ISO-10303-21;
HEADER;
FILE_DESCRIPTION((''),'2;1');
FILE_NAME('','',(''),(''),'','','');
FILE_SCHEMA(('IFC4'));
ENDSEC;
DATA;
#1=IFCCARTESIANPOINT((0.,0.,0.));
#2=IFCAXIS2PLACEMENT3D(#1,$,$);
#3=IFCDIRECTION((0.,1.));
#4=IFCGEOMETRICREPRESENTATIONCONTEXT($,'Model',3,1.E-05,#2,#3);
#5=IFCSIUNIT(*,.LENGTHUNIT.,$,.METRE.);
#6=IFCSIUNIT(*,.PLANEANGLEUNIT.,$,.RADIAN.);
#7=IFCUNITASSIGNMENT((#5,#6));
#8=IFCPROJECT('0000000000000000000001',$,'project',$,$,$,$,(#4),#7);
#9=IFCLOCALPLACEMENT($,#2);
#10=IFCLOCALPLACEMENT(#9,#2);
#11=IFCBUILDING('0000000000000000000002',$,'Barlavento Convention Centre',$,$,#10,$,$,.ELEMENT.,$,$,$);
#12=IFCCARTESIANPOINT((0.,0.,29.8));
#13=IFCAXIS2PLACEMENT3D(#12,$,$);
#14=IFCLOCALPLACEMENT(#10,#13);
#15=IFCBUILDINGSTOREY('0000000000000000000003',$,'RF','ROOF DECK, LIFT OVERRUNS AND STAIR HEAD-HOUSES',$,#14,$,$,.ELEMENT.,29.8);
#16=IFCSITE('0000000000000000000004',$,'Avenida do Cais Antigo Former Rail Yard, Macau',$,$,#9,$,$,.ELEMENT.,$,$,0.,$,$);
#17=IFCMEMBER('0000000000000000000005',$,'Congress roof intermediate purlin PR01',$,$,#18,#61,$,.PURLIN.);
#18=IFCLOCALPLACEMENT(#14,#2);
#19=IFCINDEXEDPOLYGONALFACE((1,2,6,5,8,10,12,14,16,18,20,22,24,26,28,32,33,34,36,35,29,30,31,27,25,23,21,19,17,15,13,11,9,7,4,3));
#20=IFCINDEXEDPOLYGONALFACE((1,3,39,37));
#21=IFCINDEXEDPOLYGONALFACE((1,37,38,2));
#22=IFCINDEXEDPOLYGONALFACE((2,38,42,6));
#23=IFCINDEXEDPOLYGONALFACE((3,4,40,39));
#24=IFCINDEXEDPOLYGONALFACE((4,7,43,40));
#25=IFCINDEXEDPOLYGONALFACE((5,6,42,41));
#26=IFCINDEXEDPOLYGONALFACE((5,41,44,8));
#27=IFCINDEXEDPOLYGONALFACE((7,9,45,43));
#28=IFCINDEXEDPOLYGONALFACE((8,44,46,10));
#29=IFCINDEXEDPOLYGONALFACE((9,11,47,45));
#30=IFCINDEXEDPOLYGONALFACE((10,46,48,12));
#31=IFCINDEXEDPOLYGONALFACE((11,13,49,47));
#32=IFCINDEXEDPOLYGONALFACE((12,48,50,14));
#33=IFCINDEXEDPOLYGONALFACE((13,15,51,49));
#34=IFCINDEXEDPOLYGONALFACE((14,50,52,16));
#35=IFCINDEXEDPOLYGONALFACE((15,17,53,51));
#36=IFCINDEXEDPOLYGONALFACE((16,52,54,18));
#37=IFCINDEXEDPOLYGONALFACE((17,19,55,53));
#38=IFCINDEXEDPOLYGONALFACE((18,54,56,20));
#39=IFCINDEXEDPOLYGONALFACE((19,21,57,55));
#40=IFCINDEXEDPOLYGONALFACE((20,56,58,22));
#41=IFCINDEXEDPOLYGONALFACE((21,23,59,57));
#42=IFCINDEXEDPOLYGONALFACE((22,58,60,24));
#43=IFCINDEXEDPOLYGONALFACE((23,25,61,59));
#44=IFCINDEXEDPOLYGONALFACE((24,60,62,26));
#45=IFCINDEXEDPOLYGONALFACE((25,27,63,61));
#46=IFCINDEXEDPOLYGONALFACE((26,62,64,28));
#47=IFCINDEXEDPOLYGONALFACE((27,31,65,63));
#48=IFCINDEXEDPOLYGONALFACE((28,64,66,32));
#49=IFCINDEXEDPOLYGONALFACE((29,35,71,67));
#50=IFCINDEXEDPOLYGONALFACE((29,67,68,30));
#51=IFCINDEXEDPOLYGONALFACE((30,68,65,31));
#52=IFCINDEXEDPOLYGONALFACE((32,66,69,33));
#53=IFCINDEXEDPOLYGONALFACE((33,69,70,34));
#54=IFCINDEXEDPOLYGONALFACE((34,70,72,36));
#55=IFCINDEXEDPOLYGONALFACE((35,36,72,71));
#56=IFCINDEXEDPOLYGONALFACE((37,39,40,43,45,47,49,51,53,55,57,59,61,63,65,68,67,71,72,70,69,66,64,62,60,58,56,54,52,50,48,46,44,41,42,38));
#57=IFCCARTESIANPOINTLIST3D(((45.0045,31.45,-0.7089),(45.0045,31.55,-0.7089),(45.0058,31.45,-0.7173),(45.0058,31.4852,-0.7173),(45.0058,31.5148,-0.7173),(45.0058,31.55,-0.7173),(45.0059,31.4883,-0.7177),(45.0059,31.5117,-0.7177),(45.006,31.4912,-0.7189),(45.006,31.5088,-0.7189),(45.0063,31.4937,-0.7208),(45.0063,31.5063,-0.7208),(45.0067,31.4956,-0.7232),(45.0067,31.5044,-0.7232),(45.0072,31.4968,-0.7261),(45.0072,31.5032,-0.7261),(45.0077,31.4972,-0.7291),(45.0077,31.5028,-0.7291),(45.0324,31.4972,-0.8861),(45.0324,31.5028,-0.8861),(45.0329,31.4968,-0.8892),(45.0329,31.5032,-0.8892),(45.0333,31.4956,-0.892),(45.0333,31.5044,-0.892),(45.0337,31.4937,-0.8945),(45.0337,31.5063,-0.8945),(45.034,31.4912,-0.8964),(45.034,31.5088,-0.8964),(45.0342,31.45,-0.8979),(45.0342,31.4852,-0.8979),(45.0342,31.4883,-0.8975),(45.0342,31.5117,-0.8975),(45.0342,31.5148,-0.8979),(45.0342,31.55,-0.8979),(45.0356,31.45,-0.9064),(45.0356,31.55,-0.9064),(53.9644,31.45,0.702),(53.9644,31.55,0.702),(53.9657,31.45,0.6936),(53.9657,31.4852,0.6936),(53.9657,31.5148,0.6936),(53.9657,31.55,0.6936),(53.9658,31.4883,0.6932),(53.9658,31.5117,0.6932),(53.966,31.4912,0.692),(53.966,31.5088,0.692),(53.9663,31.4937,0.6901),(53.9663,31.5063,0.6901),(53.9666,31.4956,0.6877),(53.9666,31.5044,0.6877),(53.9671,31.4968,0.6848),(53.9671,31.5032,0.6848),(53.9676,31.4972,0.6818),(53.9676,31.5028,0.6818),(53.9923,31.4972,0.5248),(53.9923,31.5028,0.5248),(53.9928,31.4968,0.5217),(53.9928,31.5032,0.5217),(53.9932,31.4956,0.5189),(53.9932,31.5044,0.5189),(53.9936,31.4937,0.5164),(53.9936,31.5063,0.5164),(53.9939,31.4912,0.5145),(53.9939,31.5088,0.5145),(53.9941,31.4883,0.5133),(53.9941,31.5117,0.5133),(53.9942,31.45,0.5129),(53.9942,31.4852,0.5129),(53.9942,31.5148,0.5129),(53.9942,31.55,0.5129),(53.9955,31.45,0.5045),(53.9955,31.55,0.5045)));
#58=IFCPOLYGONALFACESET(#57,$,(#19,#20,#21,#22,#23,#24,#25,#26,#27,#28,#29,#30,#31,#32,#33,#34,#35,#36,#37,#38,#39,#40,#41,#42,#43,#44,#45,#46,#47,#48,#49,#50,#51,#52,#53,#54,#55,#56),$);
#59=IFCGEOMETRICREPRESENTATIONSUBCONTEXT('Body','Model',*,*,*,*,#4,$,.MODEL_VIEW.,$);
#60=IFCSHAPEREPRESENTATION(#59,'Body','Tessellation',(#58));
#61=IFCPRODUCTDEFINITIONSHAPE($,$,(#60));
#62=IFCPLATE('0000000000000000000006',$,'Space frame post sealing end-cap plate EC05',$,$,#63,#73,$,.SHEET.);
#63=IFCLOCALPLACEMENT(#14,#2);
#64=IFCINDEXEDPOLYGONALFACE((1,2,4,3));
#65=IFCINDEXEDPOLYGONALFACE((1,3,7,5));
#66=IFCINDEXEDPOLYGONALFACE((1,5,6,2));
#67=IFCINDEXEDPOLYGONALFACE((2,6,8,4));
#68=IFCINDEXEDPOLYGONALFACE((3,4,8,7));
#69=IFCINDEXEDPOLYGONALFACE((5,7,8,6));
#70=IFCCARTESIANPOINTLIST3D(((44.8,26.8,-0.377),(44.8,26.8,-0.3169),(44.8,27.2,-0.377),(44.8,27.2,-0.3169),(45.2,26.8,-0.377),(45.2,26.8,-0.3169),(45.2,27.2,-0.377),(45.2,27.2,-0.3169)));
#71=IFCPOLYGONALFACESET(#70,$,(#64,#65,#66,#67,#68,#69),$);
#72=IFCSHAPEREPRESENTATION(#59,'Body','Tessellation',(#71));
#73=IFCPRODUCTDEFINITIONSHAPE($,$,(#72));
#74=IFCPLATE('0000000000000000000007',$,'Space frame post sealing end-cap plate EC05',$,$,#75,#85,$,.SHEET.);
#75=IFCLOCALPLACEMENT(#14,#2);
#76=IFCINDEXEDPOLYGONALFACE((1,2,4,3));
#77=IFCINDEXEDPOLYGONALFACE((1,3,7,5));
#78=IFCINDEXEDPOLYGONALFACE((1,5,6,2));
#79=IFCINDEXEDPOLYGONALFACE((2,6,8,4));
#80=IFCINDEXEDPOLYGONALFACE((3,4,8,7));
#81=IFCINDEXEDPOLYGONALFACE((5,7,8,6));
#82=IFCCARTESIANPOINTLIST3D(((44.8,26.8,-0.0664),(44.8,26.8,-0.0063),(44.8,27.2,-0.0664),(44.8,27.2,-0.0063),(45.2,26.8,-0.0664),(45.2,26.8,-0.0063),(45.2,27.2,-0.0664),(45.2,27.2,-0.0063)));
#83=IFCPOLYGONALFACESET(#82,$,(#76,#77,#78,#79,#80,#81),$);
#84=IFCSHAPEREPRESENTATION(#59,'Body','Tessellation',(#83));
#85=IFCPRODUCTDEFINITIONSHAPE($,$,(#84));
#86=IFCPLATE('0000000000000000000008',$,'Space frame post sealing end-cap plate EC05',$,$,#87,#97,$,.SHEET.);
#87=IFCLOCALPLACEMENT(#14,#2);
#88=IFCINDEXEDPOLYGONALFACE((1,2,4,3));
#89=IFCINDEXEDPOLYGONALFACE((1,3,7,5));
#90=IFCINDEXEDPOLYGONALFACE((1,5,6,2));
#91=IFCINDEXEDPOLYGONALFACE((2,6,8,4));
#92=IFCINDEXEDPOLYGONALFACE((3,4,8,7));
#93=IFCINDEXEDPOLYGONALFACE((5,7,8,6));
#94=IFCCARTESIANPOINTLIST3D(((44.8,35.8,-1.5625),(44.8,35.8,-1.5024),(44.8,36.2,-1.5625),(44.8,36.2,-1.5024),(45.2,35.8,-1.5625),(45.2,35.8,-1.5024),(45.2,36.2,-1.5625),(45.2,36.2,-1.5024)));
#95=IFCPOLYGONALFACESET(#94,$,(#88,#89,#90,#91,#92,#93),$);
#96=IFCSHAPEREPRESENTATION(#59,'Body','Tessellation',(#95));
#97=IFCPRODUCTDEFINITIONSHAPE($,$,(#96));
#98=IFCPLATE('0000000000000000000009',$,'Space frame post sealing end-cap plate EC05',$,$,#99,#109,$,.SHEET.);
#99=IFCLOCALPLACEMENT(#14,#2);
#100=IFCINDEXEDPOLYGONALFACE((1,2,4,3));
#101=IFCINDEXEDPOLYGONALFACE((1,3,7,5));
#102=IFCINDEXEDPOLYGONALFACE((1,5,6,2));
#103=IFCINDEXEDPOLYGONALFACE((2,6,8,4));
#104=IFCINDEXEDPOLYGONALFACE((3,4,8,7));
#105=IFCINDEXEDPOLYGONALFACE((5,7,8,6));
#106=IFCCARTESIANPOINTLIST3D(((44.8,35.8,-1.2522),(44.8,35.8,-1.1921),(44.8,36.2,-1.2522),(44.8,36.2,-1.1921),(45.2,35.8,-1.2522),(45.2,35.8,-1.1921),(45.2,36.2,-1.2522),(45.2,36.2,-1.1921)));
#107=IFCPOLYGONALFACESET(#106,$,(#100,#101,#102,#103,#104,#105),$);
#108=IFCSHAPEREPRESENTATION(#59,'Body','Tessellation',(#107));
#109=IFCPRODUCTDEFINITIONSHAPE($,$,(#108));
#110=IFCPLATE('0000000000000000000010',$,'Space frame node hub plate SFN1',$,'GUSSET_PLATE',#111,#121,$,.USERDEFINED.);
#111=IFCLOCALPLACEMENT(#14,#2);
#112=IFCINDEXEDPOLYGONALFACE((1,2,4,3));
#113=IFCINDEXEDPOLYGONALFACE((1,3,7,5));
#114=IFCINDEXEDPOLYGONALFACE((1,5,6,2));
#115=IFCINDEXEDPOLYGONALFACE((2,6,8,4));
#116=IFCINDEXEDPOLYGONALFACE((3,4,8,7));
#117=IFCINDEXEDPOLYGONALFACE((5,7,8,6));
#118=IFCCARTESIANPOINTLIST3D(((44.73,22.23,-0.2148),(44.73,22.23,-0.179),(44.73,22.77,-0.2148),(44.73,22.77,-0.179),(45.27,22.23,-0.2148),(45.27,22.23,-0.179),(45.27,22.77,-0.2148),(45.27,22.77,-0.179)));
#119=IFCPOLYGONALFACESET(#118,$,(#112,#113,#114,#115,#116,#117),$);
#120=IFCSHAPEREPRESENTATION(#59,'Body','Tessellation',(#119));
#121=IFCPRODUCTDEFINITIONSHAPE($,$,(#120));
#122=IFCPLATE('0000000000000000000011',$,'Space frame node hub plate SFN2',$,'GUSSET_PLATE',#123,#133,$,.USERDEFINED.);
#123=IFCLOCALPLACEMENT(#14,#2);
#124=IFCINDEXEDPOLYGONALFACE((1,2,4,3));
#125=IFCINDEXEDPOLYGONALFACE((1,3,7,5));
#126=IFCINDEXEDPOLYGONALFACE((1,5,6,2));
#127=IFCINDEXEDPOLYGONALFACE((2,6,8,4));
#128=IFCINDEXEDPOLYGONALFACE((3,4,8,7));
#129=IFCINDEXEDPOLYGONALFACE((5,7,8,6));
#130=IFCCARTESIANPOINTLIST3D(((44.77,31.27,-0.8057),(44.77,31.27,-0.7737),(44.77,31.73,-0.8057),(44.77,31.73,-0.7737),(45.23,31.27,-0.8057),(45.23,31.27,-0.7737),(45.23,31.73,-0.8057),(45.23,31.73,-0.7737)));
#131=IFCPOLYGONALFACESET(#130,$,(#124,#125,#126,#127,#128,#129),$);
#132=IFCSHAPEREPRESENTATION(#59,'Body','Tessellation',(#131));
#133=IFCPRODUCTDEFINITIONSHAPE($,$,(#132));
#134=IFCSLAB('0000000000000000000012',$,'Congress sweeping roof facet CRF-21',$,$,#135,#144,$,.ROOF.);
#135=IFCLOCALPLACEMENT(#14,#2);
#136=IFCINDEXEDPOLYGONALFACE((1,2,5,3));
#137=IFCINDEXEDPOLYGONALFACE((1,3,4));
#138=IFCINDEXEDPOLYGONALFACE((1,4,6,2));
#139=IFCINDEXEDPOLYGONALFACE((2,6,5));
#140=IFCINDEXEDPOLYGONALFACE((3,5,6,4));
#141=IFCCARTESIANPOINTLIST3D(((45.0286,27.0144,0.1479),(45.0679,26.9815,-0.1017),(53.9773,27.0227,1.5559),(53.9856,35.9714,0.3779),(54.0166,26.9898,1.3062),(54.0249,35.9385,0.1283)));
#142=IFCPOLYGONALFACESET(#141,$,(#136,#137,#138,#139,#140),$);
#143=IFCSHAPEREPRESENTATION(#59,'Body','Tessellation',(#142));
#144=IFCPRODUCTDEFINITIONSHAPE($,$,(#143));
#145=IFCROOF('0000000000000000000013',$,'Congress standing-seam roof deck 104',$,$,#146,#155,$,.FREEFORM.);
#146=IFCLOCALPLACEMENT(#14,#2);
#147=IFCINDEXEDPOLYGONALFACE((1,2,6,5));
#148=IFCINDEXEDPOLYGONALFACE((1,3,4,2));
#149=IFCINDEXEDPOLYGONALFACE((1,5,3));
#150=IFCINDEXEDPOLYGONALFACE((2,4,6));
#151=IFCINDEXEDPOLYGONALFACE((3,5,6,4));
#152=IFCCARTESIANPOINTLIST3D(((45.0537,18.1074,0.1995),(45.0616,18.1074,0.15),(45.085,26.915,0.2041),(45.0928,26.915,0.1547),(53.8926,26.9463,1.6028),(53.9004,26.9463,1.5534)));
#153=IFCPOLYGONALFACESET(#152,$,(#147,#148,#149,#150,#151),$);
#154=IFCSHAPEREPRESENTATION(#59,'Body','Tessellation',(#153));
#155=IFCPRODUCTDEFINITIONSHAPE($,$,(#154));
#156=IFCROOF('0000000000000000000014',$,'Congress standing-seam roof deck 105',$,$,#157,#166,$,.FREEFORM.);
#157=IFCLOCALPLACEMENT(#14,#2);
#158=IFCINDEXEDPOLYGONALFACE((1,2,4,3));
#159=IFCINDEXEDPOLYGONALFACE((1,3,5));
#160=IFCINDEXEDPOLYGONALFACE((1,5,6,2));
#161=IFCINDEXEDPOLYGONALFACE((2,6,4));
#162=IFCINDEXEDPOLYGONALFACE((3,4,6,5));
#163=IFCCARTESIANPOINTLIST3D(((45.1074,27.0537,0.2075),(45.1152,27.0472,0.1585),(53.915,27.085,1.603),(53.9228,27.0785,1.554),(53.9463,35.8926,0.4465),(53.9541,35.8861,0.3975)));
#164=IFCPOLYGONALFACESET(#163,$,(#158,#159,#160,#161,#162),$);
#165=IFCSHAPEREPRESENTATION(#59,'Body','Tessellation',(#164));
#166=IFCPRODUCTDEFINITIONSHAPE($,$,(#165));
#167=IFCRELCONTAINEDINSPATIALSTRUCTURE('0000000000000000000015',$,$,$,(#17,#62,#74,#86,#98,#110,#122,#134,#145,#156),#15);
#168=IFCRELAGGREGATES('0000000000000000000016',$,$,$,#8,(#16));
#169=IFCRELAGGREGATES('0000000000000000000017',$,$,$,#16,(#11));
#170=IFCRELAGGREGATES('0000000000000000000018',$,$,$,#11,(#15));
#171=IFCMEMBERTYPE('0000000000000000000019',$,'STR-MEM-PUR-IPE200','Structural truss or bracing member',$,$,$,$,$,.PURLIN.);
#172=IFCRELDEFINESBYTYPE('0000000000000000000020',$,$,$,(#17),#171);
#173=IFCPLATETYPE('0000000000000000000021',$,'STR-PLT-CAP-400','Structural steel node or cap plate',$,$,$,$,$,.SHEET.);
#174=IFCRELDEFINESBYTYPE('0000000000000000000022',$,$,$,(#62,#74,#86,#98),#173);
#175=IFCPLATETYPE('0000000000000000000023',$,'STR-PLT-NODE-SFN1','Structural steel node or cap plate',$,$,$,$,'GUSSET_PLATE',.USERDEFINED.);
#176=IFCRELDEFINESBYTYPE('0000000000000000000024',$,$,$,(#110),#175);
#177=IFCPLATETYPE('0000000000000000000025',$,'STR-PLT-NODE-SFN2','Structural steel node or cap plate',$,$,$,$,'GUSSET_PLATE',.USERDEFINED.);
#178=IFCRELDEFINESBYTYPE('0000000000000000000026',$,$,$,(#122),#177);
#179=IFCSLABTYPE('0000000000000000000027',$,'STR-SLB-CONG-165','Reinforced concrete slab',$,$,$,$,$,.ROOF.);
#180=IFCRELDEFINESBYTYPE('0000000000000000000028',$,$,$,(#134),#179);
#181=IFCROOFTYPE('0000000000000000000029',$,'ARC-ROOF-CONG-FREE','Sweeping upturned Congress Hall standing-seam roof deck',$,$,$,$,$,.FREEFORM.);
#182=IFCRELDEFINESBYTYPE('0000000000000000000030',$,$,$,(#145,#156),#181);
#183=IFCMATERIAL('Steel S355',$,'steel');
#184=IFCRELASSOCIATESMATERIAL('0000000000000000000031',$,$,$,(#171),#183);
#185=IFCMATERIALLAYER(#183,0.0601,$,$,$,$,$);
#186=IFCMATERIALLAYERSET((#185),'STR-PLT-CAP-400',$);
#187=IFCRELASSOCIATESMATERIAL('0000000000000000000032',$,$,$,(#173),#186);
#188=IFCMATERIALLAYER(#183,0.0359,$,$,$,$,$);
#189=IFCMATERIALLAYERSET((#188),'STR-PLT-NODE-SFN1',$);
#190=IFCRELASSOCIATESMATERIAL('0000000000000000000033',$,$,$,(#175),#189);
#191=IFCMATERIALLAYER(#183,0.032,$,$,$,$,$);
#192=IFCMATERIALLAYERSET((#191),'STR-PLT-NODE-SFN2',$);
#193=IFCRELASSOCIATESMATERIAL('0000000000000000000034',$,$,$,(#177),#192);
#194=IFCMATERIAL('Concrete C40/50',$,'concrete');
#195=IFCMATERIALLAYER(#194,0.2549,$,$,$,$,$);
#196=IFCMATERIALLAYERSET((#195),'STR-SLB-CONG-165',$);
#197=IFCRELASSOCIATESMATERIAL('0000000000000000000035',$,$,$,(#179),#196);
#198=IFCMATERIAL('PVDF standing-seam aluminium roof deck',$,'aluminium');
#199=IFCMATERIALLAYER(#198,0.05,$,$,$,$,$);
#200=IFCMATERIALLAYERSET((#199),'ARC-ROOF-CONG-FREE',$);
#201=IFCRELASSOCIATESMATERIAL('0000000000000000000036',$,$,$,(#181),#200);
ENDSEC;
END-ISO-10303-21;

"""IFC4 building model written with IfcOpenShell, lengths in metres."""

from ifc_helpers import new_model, si_unit, direction, frame, origin, origin_2d, place, context, subcontext, project, spatial, polyline, rectangle, i_section, outline, extrude, material, layer, layer_set, material_profile, profile_set, type_object, element, save


model = new_model("IFC4")

# Units and contexts
model_context = context("Model", 3, precision=1e-05, world=origin(), true_north=direction((0.0, 1.0)))
body_context = subcontext(model_context, "Body", "Model", "MODEL_VIEW")
ifc_project = project(units=[si_unit("LENGTHUNIT", "METRE"), si_unit("PLANEANGLEUNIT", "RADIAN")], contexts=[model_context])

# Site, building, storey
site_placement = place(None, origin())
site = spatial("IfcSite", under=ifc_project, at=site_placement, Name="Avenida do Cais Antigo Former Rail Yard, Macau", CompositionType="ELEMENT", RefElevation=0.0)
building_placement = place(site_placement, origin())
building = spatial("IfcBuilding", under=site, at=building_placement, Name="Barlavento Convention Centre", CompositionType="ELEMENT")
storey_placement = place(building_placement, frame((0.0, 0.0, 29.8)))
storey = spatial("IfcBuildingStorey", under=building, at=storey_placement, Name="RF", Description="ROOF DECK, LIFT OVERRUNS AND STAIR HEAD-HOUSES", CompositionType="ELEMENT", Elevation=29.8)

# Member
ifc_material_1 = material(Name="Steel S355", Category="steel")
ifc_material_profile_1 = material_profile(ifc_material_1, i_section(OverallWidth=0.1001, OverallDepth=0.2, WebThickness=0.0056, FlangeThickness=0.0085, FilletRadius=0.012, at=origin_2d()), Name="IPE 200")
ifc_profile_set_1 = profile_set([ifc_material_profile_1], Name="Steel S355")
member_type_1 = type_object("IfcMemberType", Name="STR-MEM-PUR-IPE200", Description="Structural truss or bracing member", PredefinedType="PURLIN", material=ifc_profile_set_1)
member_1_placement = place(storey_placement, frame((45.02, 31.5, -0.8076), z_axis=(0.987828, 0.0, 0.155549), x_axis=(0.0, 1.0, 0.0)))
element("IfcMember", 1, at=member_1_placement, inside=storey, type_object=member_type_1, Name="Congress roof intermediate purlin PR01", PredefinedType="PURLIN", context=body_context, shape_type="SweptSolid", body=[
    extrude(i_section(OverallWidth=0.1001, OverallDepth=0.2, WebThickness=0.0056, FlangeThickness=0.0085, FilletRadius=0.012, at=origin_2d()), origin(), (0.0, 0.0, 1.0), 9.0703),
])

# Plates
ifc_layer_1 = layer(ifc_material_1, 0.0601)
ifc_layer_set_1 = layer_set([ifc_layer_1], Name="STR-PLT-CAP-400")
plate_type_1 = type_object("IfcPlateType", Name="STR-PLT-CAP-400", Description="Structural steel node or cap plate", PredefinedType="SHEET", material=ifc_layer_set_1)
for number, where, z_axis, x_axis, name in (
    (2, (45.0, 27.0, -0.377), (0.0, 0.0, 1.0), (1.0, 0.0, 0.0), "Space frame post sealing end-cap plate EC05"),
    (3, (45.0, 27.0, -0.0664), (0.0, 0.0, 1.0), (1.0, 0.0, 0.0), "Space frame post sealing end-cap plate EC05"),
    (4, (45.0, 36.0, -1.5625), (0.0, 0.0, 1.0), (1.0, 0.0, 0.0), "Space frame post sealing end-cap plate EC05"),
    (5, (45.0, 36.0, -1.2522), (0.0, 0.0, 1.0), (1.0, 0.0, 0.0), "Space frame post sealing end-cap plate EC05"),
):
    element("IfcPlate", number, at=place(storey_placement, frame(where, z_axis=z_axis, x_axis=x_axis)), inside=storey, type_object=plate_type_1, Name=name, PredefinedType="SHEET", context=body_context, shape_type="SweptSolid", body=[
        extrude(rectangle(XDim=0.3999, YDim=0.3999, at=origin_2d()), origin(), (0.0, 0.0, 1.0), 0.0601),
    ])
ifc_layer_2 = layer(ifc_material_1, 0.0359)
ifc_layer_set_2 = layer_set([ifc_layer_2], Name="STR-PLT-NODE-SFN1")
plate_type_2 = type_object("IfcPlateType", Name="STR-PLT-NODE-SFN1", Description="Structural steel node or cap plate", ElementType="GUSSET_PLATE", PredefinedType="USERDEFINED", material=ifc_layer_set_2)
plate_1_placement = place(storey_placement, frame((45.0, 22.5, -0.2148), z_axis=(0.0, 0.0, 1.0), x_axis=(1.0, 0.0, 0.0)))
element("IfcPlate", 6, at=plate_1_placement, inside=storey, type_object=plate_type_2, Name="Space frame node hub plate SFN1", ObjectType="GUSSET_PLATE", PredefinedType="USERDEFINED", context=body_context, shape_type="SweptSolid", body=[
    extrude(rectangle(XDim=0.54, YDim=0.54, at=origin_2d()), origin(), (0.0, 0.0, 1.0), 0.0359),
])
ifc_layer_3 = layer(ifc_material_1, 0.032)
ifc_layer_set_3 = layer_set([ifc_layer_3], Name="STR-PLT-NODE-SFN2")
plate_type_3 = type_object("IfcPlateType", Name="STR-PLT-NODE-SFN2", Description="Structural steel node or cap plate", ElementType="GUSSET_PLATE", PredefinedType="USERDEFINED", material=ifc_layer_set_3)
plate_2_placement = place(storey_placement, frame((45.0, 31.5, -0.8057), z_axis=(0.0, 0.0, 1.0), x_axis=(1.0, 0.0, 0.0)))
element("IfcPlate", 7, at=plate_2_placement, inside=storey, type_object=plate_type_3, Name="Space frame node hub plate SFN2", ObjectType="GUSSET_PLATE", PredefinedType="USERDEFINED", context=body_context, shape_type="SweptSolid", body=[
    extrude(rectangle(XDim=0.46, YDim=0.46, at=origin_2d()), origin(), (0.0, 0.0, 1.0), 0.032),
])

# Slab
ifc_material_2 = material(Name="Concrete C40/50", Category="concrete")
ifc_layer_4 = layer(ifc_material_2, 0.2549)
ifc_layer_set_4 = layer_set([ifc_layer_4], Name="STR-SLB-CONG-165")
slab_type = type_object("IfcSlabType", Name="STR-SLB-CONG-165", Description="Reinforced concrete slab", PredefinedType="ROOF", material=ifc_layer_set_4)
slab_placement = place(storey_placement, frame((45.0286, 27.0144, 0.1479), z_axis=(-0.154241, 0.129089, 0.979564), x_axis=(0.987847, 0.000916, 0.155424)))
element("IfcSlab", 8, at=slab_placement, inside=storey, type_object=slab_type, Name="Congress sweeping roof facet CRF-21", PredefinedType="ROOF", context=body_context, shape_type="SweptSolid", body=[
    extrude(outline(polyline([(0.0, 0.0), (9.0588, 0.0), (8.8921, 9.0244), (0.0, 0.0)])), origin(), (0.0, 0.0, -1.0), 0.2549),
])

# Roofs
ifc_material_3 = material(Name="PVDF standing-seam aluminium roof deck", Category="aluminium")
ifc_layer_5 = layer(ifc_material_3, 0.05)
ifc_layer_set_5 = layer_set([ifc_layer_5], Name="ARC-ROOF-CONG-FREE")
roof_type = type_object("IfcRoofType", Name="ARC-ROOF-CONG-FREE", Description="Sweeping upturned Congress Hall standing-seam roof deck", PredefinedType="FREEFORM", material=ifc_layer_set_5)
roof_1_placement = place(storey_placement, frame((45.0537, 18.1074, 0.1995), z_axis=(-0.156838, 0.000036, 0.987624), x_axis=(0.702692, 0.702692, 0.111564)))
element("IfcRoof", 9, at=roof_1_placement, inside=storey, type_object=roof_type, Name="Congress standing-seam roof deck 104", PredefinedType="FREEFORM", context=body_context, shape_type="SweptSolid", body=[
    extrude(outline(polyline([(0.0, 0.0), (12.5786, 0.0), (6.2115, 6.2444), (0.0, 0.0)])), origin(), (0.0, 0.0, -1.0), 0.05),
])
roof_2_placement = place(storey_placement, frame((45.1074, 27.0537, 0.2075), z_axis=(-0.155628, 0.129145, 0.979337), x_axis=(0.987673, 0.003504, 0.15649)))
element("IfcRoof", 10, at=roof_2_placement, inside=storey, type_object=roof_type, Name="Congress standing-seam roof deck 105", PredefinedType="FREEFORM", context=body_context, shape_type="SweptSolid", body=[
    extrude(outline(polyline([(0.0, 0.0), (8.9175, 0.0), (8.7983, 8.8825), (0.0, 0.0)])), origin(), (0.0, 0.0, -1.0), 0.05),
])

save(model, "model.ifc")
